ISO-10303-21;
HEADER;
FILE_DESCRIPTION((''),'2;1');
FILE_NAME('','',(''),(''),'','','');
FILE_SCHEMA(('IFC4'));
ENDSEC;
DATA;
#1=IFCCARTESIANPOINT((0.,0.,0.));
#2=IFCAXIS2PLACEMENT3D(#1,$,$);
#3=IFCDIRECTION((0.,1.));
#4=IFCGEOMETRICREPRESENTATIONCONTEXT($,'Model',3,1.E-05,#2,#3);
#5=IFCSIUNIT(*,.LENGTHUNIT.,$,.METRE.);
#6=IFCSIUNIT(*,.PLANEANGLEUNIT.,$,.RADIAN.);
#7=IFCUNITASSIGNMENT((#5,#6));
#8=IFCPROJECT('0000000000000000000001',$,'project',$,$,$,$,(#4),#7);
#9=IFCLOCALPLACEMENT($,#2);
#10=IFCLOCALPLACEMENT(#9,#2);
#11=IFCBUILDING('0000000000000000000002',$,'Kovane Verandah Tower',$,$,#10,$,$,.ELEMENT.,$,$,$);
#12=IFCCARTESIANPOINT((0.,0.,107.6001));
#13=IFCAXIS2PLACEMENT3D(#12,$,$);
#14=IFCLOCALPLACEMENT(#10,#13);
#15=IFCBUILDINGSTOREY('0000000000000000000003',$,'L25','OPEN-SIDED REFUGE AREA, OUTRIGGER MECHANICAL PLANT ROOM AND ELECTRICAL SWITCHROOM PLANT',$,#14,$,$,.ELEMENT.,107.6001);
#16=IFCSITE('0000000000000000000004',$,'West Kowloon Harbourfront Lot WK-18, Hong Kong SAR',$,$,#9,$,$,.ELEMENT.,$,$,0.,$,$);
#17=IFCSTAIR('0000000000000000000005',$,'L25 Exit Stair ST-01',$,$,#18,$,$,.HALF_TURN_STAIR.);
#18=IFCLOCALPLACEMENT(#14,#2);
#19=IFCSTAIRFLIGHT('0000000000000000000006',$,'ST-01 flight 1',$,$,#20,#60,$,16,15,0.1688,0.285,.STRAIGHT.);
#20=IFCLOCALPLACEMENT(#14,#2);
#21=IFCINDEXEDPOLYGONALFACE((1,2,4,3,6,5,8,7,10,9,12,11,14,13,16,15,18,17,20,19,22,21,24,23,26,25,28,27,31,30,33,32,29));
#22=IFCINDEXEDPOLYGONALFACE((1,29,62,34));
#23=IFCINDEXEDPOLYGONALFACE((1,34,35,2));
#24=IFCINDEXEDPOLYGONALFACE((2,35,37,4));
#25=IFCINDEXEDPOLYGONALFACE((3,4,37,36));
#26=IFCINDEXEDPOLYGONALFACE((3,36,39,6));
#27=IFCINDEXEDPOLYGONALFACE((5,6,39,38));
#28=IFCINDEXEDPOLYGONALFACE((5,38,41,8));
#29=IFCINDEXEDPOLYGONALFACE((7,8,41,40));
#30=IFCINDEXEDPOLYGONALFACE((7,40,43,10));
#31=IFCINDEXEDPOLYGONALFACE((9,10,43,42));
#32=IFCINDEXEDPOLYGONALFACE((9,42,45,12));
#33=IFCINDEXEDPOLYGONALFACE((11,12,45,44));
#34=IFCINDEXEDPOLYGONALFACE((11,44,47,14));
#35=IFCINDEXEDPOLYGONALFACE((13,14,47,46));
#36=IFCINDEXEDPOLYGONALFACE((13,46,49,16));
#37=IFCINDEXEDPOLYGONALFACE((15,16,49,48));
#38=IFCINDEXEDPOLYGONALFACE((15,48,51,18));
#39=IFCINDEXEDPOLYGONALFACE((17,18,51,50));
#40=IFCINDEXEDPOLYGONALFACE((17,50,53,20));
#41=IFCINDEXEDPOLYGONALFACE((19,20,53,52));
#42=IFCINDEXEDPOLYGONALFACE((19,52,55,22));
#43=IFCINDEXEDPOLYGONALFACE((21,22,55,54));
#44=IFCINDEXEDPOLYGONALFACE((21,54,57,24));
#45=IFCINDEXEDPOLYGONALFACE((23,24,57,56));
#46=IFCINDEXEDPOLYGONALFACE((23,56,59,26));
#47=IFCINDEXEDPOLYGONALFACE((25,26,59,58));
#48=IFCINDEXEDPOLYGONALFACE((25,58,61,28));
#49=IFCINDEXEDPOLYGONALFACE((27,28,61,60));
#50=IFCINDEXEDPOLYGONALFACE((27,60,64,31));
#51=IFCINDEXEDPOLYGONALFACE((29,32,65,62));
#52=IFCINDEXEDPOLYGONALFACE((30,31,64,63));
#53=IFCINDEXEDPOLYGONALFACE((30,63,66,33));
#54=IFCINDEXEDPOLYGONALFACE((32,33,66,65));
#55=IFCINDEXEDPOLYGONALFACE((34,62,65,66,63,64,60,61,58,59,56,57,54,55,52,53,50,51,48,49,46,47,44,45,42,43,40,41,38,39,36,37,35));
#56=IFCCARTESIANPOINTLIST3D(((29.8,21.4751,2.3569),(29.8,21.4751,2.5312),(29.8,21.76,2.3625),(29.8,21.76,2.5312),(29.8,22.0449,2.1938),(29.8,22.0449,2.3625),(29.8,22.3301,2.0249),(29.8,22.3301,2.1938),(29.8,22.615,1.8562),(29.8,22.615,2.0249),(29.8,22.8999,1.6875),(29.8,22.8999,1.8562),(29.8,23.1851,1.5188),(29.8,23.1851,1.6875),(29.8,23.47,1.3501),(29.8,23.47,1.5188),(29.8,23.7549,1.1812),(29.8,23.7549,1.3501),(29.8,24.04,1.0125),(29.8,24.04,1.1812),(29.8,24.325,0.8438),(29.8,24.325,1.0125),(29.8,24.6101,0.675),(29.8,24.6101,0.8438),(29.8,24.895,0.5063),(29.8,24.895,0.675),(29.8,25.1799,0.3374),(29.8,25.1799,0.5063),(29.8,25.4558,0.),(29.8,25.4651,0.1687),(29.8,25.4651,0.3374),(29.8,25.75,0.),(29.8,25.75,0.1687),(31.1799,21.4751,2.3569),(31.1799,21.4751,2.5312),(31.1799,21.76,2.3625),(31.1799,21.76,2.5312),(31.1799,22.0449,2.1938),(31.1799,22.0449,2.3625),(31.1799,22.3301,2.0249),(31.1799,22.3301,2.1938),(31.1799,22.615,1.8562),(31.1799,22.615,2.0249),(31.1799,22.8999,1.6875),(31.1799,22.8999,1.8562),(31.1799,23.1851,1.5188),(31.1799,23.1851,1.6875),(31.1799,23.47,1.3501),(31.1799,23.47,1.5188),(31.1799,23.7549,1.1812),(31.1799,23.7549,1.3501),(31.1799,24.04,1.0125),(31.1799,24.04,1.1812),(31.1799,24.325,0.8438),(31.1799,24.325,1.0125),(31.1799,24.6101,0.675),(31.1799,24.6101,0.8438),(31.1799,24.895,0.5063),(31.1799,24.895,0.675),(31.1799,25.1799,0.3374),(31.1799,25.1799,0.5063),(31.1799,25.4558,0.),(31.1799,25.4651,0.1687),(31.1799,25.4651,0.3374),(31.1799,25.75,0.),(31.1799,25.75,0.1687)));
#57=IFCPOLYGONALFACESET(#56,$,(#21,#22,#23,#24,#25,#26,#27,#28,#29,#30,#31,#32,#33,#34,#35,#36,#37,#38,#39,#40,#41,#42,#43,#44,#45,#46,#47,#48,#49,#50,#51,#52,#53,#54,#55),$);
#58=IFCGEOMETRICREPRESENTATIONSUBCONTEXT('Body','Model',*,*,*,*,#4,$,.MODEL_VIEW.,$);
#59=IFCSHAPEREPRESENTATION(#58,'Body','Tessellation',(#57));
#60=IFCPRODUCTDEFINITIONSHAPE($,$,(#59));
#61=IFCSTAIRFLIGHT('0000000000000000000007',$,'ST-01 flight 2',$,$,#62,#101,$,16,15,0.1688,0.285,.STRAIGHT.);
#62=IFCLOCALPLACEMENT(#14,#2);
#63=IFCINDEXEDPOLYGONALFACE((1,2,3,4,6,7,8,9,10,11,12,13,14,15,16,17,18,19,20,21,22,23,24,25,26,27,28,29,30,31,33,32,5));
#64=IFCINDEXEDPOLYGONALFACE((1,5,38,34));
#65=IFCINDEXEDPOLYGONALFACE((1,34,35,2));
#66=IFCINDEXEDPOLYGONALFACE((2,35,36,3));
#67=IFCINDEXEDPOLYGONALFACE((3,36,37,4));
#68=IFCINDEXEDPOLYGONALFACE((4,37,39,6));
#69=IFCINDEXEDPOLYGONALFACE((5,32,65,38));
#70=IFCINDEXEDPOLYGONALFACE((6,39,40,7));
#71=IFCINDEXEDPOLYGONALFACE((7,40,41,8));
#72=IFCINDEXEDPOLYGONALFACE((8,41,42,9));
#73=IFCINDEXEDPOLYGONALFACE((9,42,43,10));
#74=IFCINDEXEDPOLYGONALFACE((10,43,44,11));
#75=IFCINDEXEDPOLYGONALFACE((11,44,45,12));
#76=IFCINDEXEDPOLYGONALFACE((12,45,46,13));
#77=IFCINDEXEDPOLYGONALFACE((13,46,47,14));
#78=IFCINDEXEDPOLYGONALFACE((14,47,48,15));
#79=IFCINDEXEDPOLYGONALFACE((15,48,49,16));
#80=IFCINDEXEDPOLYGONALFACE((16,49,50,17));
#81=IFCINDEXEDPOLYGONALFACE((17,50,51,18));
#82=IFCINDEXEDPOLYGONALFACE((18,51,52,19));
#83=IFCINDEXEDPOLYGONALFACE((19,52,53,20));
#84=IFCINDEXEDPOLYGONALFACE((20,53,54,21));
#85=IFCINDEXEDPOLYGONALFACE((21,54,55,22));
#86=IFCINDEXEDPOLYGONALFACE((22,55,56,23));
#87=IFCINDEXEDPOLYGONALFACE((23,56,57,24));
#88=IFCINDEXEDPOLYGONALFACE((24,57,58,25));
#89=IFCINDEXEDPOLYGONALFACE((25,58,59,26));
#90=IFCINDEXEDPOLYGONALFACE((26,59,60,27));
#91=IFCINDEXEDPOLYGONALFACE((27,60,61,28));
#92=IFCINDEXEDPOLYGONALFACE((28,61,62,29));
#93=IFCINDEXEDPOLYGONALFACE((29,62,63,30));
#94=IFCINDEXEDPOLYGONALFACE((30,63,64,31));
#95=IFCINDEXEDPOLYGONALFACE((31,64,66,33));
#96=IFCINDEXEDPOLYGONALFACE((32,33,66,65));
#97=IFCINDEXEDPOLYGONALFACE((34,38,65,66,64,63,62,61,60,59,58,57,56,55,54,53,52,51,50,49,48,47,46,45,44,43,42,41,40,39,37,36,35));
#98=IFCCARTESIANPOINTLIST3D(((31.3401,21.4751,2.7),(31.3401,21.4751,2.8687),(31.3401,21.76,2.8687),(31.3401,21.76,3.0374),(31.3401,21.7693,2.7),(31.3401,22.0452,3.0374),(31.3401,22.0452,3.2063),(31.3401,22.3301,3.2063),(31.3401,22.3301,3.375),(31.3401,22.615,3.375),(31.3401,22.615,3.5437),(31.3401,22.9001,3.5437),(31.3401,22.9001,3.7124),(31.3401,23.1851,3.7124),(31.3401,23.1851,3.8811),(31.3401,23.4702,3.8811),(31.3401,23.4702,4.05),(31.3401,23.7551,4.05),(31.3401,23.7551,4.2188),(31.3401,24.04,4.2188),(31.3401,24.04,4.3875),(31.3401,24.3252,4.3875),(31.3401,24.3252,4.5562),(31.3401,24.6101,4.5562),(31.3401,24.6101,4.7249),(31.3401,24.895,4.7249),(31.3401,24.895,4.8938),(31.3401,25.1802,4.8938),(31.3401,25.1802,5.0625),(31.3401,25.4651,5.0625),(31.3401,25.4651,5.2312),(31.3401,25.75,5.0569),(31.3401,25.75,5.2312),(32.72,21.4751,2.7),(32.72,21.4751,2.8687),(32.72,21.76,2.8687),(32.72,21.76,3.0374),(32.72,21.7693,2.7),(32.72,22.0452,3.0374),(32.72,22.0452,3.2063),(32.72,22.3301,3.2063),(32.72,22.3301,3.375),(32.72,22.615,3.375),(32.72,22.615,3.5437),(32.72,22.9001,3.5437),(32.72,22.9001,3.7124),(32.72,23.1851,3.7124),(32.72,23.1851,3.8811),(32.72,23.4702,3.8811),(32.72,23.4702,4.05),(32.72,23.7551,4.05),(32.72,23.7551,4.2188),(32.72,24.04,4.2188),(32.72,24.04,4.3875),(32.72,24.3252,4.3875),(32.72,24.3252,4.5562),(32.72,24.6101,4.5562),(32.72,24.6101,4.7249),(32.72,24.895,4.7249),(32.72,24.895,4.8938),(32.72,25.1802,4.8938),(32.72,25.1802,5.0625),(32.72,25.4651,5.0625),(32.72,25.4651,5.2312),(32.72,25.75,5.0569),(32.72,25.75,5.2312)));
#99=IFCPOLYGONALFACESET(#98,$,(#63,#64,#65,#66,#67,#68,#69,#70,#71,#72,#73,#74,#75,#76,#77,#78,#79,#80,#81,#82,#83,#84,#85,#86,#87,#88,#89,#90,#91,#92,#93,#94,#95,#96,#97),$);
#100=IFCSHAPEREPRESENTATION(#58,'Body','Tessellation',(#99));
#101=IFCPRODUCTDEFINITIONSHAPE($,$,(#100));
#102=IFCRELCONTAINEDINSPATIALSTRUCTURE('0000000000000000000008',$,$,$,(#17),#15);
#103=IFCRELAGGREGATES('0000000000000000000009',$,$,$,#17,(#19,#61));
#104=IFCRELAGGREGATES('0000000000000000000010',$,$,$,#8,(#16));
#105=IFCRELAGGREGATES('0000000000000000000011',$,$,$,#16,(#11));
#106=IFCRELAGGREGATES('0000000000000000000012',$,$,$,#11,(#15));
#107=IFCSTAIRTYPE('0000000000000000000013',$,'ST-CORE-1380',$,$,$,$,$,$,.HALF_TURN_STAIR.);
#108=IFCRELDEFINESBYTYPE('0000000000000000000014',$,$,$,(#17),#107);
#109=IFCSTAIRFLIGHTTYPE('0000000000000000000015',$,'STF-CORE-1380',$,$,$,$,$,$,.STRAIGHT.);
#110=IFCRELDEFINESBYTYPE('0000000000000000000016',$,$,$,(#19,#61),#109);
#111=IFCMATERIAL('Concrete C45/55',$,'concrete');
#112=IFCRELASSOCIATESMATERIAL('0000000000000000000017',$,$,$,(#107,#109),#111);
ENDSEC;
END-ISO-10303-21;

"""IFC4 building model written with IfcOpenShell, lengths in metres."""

from ifc_helpers import new_model, si_unit, direction, frame, origin, place, context, subcontext, project, spatial, polyline, outline, extrude, material, type_object, element, aggregate, save


model = new_model("IFC4")

# Units and contexts
model_context = context("Model", 3, precision=1e-05, world=origin(), true_north=direction((0.0, 1.0)))
body_context = subcontext(model_context, "Body", "Model", "MODEL_VIEW")
ifc_project = project(units=[si_unit("LENGTHUNIT", "METRE"), si_unit("PLANEANGLEUNIT", "RADIAN")], contexts=[model_context])

# Site, building, storey
site_placement = place(None, origin())
site = spatial("IfcSite", under=ifc_project, at=site_placement, Name="West Kowloon Harbourfront Lot WK-18, Hong Kong SAR", CompositionType="ELEMENT", RefElevation=0.0)
building_placement = place(site_placement, origin())
building = spatial("IfcBuilding", under=site, at=building_placement, Name="Kovane Verandah Tower", CompositionType="ELEMENT")
storey_placement = place(building_placement, frame((0.0, 0.0, 107.6001)))
storey = spatial("IfcBuildingStorey", under=building, at=storey_placement, Name="L25", Description="OPEN-SIDED REFUGE AREA, OUTRIGGER MECHANICAL PLANT ROOM AND ELECTRICAL SWITCHROOM PLANT", CompositionType="ELEMENT", Elevation=107.6001)

# Shared definitions
ifc_material_1 = material(Name="Concrete C45/55", Category="concrete")

# Stair, stair flights
stair_type = type_object("IfcStairType", Name="ST-CORE-1380", PredefinedType="HALF_TURN_STAIR", material=ifc_material_1)
stair_placement = place(storey_placement, origin())
stair = element("IfcStair", 1, at=stair_placement, inside=storey, type_object=stair_type, Name="L25 Exit Stair ST-01", PredefinedType="HALF_TURN_STAIR")
stair_flight_type = type_object("IfcStairFlightType", Name="STF-CORE-1380", PredefinedType="STRAIGHT", material=ifc_material_1)
stair_flight_1_placement = place(storey_placement, frame((30.49, 25.75, 0.0), z_axis=(0.0, 0.0, 1.0), x_axis=(0.0, -1.0, 0.0)))
stair_flight_1 = element("IfcStairFlight", 2, at=stair_flight_1_placement, type_object=stair_flight_type, Name="ST-01 flight 1", NumberOfRisers=16, NumberOfTreads=15, PredefinedType="STRAIGHT", RiserHeight=0.1688, TreadLength=0.285, context=body_context, shape_type="SweptSolid", body=[
    extrude(outline(polyline([(0.0, 0.0), (0.0, 0.1687), (0.2849, 0.1687), (0.2849, 0.3374), (0.5701, 0.3374), (0.5701, 0.5063), (0.855, 0.5063), (0.855, 0.675), (1.1399, 0.675), (1.1399, 0.8438), (1.425, 0.8438), (1.425, 1.0125), (1.71, 1.0125), (1.71, 1.1812), (1.9951, 1.1812), (1.9951, 1.3501), (2.28, 1.3501), (2.28, 1.5188), (2.5649, 1.5188), (2.5649, 1.6875), (2.8501, 1.6875), (2.8501, 1.8562), (3.135, 1.8562), (3.135, 2.0249), (3.4199, 2.0249), (3.4199, 2.1938), (3.7051, 2.1938), (3.7051, 2.3625), (3.99, 2.3625), (3.99, 2.5312), (4.2749, 2.5312), (4.2749, 2.7), (4.2749, 2.3569), (0.2942, 0.0), (0.0, 0.0)])), frame((0.0, 0.6899, 0.0), z_axis=(0.0, -1.0, 0.0), x_axis=(1.0, 0.0, 0.0)), (0.0, 0.0, 1.0), 1.3799),
])
stair_flight_2_placement = place(storey_placement, frame((32.03, 21.4751, 2.7), z_axis=(0.0, 0.0, 1.0), x_axis=(0.0, 1.0, 0.0)))
stair_flight_2 = element("IfcStairFlight", 3, at=stair_flight_2_placement, type_object=stair_flight_type, Name="ST-01 flight 2", NumberOfRisers=16, NumberOfTreads=15, PredefinedType="STRAIGHT", RiserHeight=0.1688, TreadLength=0.285, context=body_context, shape_type="SweptSolid", body=[
    extrude(outline(polyline([(0.0, 0.0), (0.0, 0.1687), (0.2849, 0.1687), (0.2849, 0.3374), (0.5701, 0.3374), (0.5701, 0.5063), (0.855, 0.5063), (0.855, 0.675), (1.1399, 0.675), (1.1399, 0.8438), (1.425, 0.8438), (1.425, 1.0125), (1.71, 1.0125), (1.71, 1.1812), (1.9951, 1.1812), (1.9951, 1.3501), (2.28, 1.3501), (2.28, 1.5188), (2.5649, 1.5188), (2.5649, 1.6875), (2.8501, 1.6875), (2.8501, 1.8562), (3.135, 1.8562), (3.135, 2.0249), (3.4199, 2.0249), (3.4199, 2.1938), (3.7051, 2.1938), (3.7051, 2.3625), (3.99, 2.3625), (3.99, 2.5312), (4.2749, 2.5312), (4.2749, 2.7), (4.2749, 2.3569), (0.2942, 0.0), (0.0, 0.0)])), frame((0.0, 0.6899, 0.0), z_axis=(0.0, -1.0, 0.0), x_axis=(1.0, 0.0, 0.0)), (0.0, 0.0, 1.0), 1.3799),
])
aggregate(stair, [stair_flight_1, stair_flight_2])

save(model, "model.ifc")
